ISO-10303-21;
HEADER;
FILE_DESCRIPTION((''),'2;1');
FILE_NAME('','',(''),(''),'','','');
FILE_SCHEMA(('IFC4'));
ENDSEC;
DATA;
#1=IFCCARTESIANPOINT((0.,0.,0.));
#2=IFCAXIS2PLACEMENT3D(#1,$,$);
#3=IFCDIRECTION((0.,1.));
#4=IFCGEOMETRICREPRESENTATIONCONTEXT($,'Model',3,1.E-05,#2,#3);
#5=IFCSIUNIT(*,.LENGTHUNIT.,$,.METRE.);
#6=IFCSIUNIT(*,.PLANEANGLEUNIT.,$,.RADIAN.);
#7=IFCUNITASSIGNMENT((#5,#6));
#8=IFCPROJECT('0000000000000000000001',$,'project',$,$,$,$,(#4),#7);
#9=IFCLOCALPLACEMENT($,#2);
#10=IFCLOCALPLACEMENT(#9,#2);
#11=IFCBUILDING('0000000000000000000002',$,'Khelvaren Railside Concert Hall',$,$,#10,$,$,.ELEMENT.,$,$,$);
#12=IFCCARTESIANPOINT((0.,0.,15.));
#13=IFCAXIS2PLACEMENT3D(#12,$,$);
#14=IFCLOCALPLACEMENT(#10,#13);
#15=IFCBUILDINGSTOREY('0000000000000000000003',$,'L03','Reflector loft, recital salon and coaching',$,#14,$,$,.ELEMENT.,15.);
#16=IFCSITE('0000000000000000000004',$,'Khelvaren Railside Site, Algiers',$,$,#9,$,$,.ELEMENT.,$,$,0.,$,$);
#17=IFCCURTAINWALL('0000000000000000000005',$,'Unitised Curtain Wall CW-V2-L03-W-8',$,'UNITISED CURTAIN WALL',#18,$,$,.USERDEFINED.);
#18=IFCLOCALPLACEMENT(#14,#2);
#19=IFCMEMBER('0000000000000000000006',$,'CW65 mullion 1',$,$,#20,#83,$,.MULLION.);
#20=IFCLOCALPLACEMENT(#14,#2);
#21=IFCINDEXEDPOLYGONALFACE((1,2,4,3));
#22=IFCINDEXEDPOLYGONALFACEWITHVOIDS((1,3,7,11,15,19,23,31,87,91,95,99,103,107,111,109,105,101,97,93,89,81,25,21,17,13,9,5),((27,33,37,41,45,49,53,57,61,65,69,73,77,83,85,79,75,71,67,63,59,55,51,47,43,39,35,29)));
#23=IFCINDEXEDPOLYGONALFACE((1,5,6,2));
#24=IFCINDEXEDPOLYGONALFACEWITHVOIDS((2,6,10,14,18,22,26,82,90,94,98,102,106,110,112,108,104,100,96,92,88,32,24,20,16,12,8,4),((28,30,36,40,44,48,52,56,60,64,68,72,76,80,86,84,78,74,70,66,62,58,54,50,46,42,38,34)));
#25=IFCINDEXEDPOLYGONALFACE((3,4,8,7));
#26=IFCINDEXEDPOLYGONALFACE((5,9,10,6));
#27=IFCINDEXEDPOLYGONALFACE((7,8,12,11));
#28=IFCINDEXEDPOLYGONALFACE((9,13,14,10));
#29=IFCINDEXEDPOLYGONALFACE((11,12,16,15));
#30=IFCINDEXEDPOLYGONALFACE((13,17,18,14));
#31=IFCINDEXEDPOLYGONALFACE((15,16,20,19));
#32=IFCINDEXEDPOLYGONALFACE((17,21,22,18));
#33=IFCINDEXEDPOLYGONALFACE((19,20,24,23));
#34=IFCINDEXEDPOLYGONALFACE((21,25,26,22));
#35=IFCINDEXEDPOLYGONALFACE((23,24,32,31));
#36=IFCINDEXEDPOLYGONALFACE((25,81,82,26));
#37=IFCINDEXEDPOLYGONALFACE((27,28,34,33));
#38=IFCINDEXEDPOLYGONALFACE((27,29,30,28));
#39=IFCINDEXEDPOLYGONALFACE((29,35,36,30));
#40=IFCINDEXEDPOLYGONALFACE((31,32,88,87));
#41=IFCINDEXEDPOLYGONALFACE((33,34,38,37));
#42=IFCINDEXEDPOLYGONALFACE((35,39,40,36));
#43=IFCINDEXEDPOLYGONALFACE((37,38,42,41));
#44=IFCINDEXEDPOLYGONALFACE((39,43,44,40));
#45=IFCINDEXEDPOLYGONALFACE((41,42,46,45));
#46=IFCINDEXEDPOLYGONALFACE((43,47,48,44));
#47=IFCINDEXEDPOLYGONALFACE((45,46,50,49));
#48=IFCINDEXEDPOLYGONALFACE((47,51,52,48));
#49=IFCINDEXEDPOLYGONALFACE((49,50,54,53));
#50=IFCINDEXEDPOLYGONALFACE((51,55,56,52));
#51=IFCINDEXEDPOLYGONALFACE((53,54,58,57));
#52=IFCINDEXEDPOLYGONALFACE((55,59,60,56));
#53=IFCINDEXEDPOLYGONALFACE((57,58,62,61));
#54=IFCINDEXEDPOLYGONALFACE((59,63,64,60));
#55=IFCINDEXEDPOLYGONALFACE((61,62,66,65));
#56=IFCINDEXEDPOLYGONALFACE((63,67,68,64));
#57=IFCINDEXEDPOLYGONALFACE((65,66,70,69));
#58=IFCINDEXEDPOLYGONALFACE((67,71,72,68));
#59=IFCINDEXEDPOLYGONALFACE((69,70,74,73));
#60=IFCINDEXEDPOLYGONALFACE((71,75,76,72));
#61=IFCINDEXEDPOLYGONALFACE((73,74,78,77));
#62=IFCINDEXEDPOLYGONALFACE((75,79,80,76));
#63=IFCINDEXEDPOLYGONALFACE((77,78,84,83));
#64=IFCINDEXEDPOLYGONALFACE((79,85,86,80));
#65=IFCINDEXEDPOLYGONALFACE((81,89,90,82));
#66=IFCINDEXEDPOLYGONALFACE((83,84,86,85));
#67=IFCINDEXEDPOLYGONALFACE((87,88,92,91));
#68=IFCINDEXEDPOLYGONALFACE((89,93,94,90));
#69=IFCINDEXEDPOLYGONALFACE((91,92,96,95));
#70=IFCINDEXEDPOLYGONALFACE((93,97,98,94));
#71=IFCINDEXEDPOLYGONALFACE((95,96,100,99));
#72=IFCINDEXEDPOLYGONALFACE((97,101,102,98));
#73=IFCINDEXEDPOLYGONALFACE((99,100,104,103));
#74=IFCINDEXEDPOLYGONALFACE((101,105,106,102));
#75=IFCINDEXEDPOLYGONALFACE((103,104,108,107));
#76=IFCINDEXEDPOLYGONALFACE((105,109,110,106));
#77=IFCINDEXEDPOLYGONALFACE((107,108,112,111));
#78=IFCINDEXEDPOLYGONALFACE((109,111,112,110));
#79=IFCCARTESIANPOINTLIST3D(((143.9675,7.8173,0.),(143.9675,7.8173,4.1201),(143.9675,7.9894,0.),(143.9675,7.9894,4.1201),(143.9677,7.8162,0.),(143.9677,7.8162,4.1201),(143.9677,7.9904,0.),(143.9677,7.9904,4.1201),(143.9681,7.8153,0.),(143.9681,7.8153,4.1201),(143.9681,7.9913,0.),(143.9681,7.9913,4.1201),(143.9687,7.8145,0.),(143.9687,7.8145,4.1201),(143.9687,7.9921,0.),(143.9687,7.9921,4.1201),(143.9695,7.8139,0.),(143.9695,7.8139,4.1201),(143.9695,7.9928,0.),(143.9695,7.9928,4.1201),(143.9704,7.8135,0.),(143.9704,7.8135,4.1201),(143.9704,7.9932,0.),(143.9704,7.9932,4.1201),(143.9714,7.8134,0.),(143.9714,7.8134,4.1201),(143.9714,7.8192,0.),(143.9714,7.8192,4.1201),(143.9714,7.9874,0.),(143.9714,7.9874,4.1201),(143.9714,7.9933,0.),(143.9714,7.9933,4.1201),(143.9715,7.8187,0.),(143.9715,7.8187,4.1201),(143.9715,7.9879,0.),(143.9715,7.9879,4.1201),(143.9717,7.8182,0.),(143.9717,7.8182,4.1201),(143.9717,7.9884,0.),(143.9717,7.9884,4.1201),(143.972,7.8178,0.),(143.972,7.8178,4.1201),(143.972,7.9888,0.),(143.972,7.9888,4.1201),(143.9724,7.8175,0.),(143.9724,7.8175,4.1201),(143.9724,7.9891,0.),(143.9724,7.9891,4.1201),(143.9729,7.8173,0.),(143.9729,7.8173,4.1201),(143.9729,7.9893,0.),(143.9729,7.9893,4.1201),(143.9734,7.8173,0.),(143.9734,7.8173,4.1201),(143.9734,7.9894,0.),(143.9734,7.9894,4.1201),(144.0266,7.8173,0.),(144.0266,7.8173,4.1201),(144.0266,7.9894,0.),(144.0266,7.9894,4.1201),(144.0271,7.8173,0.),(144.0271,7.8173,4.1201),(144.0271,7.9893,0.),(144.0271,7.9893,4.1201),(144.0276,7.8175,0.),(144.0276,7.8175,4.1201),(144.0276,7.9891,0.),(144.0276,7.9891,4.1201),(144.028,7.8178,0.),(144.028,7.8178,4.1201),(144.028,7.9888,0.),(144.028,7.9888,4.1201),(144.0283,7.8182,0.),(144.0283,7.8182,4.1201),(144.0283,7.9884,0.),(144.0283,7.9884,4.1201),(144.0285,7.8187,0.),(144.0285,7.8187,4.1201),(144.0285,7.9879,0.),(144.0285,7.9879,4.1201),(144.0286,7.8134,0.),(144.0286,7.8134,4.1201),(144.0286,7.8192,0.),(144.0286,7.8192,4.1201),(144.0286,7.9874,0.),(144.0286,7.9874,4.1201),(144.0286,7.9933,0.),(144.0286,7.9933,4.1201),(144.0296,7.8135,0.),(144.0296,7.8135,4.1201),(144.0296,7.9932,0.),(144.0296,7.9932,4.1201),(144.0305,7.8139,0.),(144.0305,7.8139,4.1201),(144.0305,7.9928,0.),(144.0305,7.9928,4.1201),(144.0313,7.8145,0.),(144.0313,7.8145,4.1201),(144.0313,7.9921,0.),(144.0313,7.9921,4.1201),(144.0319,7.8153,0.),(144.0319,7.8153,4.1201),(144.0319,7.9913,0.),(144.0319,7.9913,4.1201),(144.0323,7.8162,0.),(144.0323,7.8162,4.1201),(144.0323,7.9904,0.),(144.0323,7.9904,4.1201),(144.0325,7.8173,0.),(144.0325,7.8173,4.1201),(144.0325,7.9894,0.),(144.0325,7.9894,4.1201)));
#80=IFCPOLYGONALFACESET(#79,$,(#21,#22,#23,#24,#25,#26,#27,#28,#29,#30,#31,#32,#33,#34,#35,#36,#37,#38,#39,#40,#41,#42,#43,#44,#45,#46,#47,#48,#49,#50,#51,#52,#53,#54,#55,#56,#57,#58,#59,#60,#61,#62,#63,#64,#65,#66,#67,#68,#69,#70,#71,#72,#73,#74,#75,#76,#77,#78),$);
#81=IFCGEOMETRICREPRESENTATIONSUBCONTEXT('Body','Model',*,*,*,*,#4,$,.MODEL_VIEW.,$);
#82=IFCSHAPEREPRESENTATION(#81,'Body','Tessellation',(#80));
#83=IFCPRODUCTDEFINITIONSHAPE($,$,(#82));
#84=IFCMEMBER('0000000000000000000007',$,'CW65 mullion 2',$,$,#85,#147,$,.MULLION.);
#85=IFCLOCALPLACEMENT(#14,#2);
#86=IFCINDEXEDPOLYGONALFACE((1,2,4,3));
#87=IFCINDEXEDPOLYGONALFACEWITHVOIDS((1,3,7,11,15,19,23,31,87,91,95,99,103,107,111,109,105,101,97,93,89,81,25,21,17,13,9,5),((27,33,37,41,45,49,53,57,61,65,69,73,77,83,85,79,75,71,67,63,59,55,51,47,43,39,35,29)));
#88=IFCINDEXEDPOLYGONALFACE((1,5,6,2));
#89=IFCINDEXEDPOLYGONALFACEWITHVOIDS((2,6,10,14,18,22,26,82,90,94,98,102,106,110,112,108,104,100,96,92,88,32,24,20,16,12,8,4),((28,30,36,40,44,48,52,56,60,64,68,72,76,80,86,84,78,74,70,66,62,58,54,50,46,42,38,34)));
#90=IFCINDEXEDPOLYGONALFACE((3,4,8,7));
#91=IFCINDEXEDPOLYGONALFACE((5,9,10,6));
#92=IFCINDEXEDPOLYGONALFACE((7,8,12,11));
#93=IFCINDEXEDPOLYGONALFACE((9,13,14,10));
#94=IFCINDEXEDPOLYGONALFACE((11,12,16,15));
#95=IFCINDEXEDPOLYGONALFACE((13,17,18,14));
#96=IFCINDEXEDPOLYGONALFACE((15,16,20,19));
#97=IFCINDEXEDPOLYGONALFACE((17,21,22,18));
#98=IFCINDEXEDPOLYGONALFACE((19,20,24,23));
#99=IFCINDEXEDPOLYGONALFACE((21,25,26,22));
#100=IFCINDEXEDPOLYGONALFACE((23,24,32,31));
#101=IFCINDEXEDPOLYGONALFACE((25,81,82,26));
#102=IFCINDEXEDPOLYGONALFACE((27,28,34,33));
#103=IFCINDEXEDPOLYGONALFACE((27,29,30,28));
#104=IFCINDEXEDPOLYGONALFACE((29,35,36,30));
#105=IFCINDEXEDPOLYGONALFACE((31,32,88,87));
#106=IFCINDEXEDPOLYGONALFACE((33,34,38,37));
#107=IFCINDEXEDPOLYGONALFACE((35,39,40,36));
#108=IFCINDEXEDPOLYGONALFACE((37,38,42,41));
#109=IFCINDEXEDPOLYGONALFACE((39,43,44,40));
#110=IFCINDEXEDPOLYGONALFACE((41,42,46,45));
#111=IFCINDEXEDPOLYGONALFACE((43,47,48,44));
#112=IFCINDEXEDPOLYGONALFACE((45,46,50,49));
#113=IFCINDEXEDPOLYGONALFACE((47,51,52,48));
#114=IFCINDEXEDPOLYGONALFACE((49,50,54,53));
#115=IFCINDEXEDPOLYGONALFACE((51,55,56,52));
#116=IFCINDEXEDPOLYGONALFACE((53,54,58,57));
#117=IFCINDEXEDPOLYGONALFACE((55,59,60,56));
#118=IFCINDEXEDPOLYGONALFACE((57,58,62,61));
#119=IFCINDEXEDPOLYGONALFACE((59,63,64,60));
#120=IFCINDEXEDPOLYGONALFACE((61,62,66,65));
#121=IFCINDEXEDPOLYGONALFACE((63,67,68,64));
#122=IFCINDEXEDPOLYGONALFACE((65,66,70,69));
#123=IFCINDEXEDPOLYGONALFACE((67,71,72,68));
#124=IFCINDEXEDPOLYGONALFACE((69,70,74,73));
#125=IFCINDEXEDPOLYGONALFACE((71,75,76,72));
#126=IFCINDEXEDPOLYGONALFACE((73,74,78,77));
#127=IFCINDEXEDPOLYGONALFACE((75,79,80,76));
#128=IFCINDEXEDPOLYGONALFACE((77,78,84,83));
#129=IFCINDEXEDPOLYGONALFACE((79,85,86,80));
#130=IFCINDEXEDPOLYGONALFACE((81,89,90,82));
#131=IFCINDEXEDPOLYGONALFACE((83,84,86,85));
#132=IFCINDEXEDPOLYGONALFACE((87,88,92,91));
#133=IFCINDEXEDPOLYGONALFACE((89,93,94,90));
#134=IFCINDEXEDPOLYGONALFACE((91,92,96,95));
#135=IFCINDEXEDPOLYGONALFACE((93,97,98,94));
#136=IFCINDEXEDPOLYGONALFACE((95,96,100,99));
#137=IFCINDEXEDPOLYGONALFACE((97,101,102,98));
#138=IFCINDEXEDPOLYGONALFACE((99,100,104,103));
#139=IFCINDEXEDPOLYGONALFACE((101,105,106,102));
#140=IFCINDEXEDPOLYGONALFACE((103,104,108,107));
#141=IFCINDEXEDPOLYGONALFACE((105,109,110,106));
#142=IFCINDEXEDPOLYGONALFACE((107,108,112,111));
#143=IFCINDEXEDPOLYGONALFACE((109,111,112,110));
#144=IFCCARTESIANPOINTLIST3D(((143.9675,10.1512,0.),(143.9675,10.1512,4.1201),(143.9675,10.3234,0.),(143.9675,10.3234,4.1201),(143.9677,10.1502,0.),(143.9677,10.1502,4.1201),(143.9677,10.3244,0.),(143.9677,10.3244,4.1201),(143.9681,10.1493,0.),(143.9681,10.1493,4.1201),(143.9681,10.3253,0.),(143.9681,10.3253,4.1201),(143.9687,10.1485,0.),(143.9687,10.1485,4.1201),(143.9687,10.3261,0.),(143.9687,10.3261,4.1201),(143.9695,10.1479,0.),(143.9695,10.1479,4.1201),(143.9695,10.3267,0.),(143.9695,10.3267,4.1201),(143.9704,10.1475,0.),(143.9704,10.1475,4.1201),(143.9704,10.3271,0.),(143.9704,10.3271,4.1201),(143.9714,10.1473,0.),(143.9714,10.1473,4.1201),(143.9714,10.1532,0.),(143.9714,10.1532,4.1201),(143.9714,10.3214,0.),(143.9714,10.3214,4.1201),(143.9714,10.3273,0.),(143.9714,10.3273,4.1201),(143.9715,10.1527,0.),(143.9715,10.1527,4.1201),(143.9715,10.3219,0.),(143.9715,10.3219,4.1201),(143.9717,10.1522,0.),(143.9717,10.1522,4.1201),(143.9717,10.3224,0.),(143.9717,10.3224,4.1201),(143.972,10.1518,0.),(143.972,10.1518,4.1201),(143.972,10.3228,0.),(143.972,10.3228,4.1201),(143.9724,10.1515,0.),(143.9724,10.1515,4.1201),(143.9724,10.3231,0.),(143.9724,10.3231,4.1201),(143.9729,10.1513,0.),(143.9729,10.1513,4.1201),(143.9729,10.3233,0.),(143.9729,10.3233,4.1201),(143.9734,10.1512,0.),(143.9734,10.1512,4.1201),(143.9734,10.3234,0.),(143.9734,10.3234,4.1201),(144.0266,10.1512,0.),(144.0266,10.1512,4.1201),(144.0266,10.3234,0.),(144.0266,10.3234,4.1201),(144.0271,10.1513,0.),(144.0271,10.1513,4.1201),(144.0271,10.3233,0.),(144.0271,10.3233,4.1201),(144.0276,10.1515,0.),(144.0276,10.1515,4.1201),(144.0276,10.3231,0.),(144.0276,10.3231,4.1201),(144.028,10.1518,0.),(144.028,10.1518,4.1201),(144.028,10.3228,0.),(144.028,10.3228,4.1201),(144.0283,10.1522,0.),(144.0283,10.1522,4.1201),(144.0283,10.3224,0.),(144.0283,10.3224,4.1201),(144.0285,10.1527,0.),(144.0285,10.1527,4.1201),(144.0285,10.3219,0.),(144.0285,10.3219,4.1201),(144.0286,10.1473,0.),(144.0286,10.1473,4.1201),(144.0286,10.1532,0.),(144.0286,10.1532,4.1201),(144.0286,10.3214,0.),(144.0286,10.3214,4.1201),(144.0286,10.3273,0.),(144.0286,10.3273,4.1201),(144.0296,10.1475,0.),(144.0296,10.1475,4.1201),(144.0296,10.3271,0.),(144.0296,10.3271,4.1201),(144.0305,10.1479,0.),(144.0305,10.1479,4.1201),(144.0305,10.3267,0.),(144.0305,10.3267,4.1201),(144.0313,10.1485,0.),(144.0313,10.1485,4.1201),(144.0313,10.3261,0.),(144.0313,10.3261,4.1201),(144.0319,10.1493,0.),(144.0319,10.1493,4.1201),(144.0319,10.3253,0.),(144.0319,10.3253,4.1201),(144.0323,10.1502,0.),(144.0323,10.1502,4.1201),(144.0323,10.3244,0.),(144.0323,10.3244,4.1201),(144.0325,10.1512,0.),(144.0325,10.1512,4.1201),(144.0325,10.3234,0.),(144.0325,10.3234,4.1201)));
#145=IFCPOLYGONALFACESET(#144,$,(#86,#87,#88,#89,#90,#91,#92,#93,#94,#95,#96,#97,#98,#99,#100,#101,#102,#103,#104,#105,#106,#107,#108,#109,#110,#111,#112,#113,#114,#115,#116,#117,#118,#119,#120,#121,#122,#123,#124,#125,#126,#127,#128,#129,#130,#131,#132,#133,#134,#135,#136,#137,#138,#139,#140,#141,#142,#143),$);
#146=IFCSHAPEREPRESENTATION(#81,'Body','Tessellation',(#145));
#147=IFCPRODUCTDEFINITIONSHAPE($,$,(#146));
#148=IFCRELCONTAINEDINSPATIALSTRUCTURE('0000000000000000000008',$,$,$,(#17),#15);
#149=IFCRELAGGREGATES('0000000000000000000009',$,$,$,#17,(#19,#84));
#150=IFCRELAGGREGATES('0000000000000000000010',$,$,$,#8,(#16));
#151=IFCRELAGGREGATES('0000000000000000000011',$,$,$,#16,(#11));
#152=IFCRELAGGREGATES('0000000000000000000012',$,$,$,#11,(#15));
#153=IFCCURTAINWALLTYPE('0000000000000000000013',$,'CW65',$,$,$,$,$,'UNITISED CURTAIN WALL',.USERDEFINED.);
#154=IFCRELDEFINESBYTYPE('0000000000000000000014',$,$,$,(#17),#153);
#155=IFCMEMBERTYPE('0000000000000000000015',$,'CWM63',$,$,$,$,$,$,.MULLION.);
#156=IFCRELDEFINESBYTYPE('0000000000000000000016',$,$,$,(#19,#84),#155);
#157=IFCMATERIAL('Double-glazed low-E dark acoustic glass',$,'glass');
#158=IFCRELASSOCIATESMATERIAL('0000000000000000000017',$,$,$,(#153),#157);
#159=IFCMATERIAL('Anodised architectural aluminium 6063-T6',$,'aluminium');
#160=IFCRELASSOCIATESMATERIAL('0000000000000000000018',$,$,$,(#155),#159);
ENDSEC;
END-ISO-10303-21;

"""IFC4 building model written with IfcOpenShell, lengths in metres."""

from ifc_helpers import new_model, si_unit, direction, frame, origin, origin_2d, place, context, subcontext, project, spatial, hollow_rectangle, extrude, material, material_profile, profile_set, type_object, element, aggregate, save


model = new_model("IFC4")

# Units and contexts
model_context = context("Model", 3, precision=1e-05, world=origin(), true_north=direction((0.0, 1.0)))
body_context = subcontext(model_context, "Body", "Model", "MODEL_VIEW")
ifc_project = project(units=[si_unit("LENGTHUNIT", "METRE"), si_unit("PLANEANGLEUNIT", "RADIAN")], contexts=[model_context])

# Site, building, storey
site_placement = place(None, origin())
site = spatial("IfcSite", under=ifc_project, at=site_placement, Name="Khelvaren Railside Site, Algiers", CompositionType="ELEMENT", RefElevation=0.0)
building_placement = place(site_placement, origin())
building = spatial("IfcBuilding", under=site, at=building_placement, Name="Khelvaren Railside Concert Hall", CompositionType="ELEMENT")
storey_placement = place(building_placement, frame((0.0, 0.0, 15.0)))
storey = spatial("IfcBuildingStorey", under=building, at=storey_placement, Name="L03", Description="Reflector loft, recital salon and coaching", CompositionType="ELEMENT", Elevation=15.0)

# Shared definitions
ifc_material_1 = material(Name="Anodised architectural aluminium 6063-T6", Category="aluminium")

# Curtain wall, members
ifc_material_2 = material(Name="Double-glazed low-E dark acoustic glass", Category="glass")
curtain_wall_type_1 = type_object("IfcCurtainWallType", Name="CW65", ElementType="UNITISED CURTAIN WALL", PredefinedType="USERDEFINED", material=ifc_material_2)
curtain_wall_1_placement = place(storey_placement, origin())
curtain_wall_1 = element("IfcCurtainWall", 1, at=curtain_wall_1_placement, inside=storey, type_object=curtain_wall_type_1, Name="Unitised Curtain Wall CW-V2-L03-W-8", ObjectType="UNITISED CURTAIN WALL", PredefinedType="USERDEFINED")
ifc_material_profile_1 = material_profile(ifc_material_1, hollow_rectangle(XDim=0.0649, YDim=0.1799, WallThickness=0.0039, InnerFilletRadius=0.002, OuterFilletRadius=0.0039, at=origin_2d()), Name="CWM 65x180x4")
ifc_profile_set_1 = profile_set([ifc_material_profile_1], Name="Anodised architectural aluminium 6063-T6")
member_type_1 = type_object("IfcMemberType", Name="CWM63", PredefinedType="MULLION", material=ifc_profile_set_1)
member_1_placement = place(storey_placement, frame((144.0, 7.9033, 0.0), z_axis=(0.0, 0.0, 1.0), x_axis=(-1.0, 0.0, 0.0)))
member_1 = element("IfcMember", 2, at=member_1_placement, type_object=member_type_1, Name="CW65 mullion 1", PredefinedType="MULLION", context=body_context, shape_type="SweptSolid", body=[
    extrude(hollow_rectangle(XDim=0.0649, YDim=0.1799, WallThickness=0.0039, InnerFilletRadius=0.002, OuterFilletRadius=0.0039, at=origin_2d()), origin(), (0.0, 0.0, 1.0), 4.1201),
])
member_2_placement = place(storey_placement, frame((144.0, 10.2373, 0.0), z_axis=(0.0, 0.0, 1.0), x_axis=(-1.0, 0.0, 0.0)))
member_2 = element("IfcMember", 3, at=member_2_placement, type_object=member_type_1, Name="CW65 mullion 2", PredefinedType="MULLION", context=body_context, shape_type="SweptSolid", body=[
    extrude(hollow_rectangle(XDim=0.0649, YDim=0.1799, WallThickness=0.0039, InnerFilletRadius=0.002, OuterFilletRadius=0.0039, at=origin_2d()), origin(), (0.0, 0.0, 1.0), 4.1201),
])

aggregate(curtain_wall_1, [member_1, member_2])

save(model, "model.ifc")
